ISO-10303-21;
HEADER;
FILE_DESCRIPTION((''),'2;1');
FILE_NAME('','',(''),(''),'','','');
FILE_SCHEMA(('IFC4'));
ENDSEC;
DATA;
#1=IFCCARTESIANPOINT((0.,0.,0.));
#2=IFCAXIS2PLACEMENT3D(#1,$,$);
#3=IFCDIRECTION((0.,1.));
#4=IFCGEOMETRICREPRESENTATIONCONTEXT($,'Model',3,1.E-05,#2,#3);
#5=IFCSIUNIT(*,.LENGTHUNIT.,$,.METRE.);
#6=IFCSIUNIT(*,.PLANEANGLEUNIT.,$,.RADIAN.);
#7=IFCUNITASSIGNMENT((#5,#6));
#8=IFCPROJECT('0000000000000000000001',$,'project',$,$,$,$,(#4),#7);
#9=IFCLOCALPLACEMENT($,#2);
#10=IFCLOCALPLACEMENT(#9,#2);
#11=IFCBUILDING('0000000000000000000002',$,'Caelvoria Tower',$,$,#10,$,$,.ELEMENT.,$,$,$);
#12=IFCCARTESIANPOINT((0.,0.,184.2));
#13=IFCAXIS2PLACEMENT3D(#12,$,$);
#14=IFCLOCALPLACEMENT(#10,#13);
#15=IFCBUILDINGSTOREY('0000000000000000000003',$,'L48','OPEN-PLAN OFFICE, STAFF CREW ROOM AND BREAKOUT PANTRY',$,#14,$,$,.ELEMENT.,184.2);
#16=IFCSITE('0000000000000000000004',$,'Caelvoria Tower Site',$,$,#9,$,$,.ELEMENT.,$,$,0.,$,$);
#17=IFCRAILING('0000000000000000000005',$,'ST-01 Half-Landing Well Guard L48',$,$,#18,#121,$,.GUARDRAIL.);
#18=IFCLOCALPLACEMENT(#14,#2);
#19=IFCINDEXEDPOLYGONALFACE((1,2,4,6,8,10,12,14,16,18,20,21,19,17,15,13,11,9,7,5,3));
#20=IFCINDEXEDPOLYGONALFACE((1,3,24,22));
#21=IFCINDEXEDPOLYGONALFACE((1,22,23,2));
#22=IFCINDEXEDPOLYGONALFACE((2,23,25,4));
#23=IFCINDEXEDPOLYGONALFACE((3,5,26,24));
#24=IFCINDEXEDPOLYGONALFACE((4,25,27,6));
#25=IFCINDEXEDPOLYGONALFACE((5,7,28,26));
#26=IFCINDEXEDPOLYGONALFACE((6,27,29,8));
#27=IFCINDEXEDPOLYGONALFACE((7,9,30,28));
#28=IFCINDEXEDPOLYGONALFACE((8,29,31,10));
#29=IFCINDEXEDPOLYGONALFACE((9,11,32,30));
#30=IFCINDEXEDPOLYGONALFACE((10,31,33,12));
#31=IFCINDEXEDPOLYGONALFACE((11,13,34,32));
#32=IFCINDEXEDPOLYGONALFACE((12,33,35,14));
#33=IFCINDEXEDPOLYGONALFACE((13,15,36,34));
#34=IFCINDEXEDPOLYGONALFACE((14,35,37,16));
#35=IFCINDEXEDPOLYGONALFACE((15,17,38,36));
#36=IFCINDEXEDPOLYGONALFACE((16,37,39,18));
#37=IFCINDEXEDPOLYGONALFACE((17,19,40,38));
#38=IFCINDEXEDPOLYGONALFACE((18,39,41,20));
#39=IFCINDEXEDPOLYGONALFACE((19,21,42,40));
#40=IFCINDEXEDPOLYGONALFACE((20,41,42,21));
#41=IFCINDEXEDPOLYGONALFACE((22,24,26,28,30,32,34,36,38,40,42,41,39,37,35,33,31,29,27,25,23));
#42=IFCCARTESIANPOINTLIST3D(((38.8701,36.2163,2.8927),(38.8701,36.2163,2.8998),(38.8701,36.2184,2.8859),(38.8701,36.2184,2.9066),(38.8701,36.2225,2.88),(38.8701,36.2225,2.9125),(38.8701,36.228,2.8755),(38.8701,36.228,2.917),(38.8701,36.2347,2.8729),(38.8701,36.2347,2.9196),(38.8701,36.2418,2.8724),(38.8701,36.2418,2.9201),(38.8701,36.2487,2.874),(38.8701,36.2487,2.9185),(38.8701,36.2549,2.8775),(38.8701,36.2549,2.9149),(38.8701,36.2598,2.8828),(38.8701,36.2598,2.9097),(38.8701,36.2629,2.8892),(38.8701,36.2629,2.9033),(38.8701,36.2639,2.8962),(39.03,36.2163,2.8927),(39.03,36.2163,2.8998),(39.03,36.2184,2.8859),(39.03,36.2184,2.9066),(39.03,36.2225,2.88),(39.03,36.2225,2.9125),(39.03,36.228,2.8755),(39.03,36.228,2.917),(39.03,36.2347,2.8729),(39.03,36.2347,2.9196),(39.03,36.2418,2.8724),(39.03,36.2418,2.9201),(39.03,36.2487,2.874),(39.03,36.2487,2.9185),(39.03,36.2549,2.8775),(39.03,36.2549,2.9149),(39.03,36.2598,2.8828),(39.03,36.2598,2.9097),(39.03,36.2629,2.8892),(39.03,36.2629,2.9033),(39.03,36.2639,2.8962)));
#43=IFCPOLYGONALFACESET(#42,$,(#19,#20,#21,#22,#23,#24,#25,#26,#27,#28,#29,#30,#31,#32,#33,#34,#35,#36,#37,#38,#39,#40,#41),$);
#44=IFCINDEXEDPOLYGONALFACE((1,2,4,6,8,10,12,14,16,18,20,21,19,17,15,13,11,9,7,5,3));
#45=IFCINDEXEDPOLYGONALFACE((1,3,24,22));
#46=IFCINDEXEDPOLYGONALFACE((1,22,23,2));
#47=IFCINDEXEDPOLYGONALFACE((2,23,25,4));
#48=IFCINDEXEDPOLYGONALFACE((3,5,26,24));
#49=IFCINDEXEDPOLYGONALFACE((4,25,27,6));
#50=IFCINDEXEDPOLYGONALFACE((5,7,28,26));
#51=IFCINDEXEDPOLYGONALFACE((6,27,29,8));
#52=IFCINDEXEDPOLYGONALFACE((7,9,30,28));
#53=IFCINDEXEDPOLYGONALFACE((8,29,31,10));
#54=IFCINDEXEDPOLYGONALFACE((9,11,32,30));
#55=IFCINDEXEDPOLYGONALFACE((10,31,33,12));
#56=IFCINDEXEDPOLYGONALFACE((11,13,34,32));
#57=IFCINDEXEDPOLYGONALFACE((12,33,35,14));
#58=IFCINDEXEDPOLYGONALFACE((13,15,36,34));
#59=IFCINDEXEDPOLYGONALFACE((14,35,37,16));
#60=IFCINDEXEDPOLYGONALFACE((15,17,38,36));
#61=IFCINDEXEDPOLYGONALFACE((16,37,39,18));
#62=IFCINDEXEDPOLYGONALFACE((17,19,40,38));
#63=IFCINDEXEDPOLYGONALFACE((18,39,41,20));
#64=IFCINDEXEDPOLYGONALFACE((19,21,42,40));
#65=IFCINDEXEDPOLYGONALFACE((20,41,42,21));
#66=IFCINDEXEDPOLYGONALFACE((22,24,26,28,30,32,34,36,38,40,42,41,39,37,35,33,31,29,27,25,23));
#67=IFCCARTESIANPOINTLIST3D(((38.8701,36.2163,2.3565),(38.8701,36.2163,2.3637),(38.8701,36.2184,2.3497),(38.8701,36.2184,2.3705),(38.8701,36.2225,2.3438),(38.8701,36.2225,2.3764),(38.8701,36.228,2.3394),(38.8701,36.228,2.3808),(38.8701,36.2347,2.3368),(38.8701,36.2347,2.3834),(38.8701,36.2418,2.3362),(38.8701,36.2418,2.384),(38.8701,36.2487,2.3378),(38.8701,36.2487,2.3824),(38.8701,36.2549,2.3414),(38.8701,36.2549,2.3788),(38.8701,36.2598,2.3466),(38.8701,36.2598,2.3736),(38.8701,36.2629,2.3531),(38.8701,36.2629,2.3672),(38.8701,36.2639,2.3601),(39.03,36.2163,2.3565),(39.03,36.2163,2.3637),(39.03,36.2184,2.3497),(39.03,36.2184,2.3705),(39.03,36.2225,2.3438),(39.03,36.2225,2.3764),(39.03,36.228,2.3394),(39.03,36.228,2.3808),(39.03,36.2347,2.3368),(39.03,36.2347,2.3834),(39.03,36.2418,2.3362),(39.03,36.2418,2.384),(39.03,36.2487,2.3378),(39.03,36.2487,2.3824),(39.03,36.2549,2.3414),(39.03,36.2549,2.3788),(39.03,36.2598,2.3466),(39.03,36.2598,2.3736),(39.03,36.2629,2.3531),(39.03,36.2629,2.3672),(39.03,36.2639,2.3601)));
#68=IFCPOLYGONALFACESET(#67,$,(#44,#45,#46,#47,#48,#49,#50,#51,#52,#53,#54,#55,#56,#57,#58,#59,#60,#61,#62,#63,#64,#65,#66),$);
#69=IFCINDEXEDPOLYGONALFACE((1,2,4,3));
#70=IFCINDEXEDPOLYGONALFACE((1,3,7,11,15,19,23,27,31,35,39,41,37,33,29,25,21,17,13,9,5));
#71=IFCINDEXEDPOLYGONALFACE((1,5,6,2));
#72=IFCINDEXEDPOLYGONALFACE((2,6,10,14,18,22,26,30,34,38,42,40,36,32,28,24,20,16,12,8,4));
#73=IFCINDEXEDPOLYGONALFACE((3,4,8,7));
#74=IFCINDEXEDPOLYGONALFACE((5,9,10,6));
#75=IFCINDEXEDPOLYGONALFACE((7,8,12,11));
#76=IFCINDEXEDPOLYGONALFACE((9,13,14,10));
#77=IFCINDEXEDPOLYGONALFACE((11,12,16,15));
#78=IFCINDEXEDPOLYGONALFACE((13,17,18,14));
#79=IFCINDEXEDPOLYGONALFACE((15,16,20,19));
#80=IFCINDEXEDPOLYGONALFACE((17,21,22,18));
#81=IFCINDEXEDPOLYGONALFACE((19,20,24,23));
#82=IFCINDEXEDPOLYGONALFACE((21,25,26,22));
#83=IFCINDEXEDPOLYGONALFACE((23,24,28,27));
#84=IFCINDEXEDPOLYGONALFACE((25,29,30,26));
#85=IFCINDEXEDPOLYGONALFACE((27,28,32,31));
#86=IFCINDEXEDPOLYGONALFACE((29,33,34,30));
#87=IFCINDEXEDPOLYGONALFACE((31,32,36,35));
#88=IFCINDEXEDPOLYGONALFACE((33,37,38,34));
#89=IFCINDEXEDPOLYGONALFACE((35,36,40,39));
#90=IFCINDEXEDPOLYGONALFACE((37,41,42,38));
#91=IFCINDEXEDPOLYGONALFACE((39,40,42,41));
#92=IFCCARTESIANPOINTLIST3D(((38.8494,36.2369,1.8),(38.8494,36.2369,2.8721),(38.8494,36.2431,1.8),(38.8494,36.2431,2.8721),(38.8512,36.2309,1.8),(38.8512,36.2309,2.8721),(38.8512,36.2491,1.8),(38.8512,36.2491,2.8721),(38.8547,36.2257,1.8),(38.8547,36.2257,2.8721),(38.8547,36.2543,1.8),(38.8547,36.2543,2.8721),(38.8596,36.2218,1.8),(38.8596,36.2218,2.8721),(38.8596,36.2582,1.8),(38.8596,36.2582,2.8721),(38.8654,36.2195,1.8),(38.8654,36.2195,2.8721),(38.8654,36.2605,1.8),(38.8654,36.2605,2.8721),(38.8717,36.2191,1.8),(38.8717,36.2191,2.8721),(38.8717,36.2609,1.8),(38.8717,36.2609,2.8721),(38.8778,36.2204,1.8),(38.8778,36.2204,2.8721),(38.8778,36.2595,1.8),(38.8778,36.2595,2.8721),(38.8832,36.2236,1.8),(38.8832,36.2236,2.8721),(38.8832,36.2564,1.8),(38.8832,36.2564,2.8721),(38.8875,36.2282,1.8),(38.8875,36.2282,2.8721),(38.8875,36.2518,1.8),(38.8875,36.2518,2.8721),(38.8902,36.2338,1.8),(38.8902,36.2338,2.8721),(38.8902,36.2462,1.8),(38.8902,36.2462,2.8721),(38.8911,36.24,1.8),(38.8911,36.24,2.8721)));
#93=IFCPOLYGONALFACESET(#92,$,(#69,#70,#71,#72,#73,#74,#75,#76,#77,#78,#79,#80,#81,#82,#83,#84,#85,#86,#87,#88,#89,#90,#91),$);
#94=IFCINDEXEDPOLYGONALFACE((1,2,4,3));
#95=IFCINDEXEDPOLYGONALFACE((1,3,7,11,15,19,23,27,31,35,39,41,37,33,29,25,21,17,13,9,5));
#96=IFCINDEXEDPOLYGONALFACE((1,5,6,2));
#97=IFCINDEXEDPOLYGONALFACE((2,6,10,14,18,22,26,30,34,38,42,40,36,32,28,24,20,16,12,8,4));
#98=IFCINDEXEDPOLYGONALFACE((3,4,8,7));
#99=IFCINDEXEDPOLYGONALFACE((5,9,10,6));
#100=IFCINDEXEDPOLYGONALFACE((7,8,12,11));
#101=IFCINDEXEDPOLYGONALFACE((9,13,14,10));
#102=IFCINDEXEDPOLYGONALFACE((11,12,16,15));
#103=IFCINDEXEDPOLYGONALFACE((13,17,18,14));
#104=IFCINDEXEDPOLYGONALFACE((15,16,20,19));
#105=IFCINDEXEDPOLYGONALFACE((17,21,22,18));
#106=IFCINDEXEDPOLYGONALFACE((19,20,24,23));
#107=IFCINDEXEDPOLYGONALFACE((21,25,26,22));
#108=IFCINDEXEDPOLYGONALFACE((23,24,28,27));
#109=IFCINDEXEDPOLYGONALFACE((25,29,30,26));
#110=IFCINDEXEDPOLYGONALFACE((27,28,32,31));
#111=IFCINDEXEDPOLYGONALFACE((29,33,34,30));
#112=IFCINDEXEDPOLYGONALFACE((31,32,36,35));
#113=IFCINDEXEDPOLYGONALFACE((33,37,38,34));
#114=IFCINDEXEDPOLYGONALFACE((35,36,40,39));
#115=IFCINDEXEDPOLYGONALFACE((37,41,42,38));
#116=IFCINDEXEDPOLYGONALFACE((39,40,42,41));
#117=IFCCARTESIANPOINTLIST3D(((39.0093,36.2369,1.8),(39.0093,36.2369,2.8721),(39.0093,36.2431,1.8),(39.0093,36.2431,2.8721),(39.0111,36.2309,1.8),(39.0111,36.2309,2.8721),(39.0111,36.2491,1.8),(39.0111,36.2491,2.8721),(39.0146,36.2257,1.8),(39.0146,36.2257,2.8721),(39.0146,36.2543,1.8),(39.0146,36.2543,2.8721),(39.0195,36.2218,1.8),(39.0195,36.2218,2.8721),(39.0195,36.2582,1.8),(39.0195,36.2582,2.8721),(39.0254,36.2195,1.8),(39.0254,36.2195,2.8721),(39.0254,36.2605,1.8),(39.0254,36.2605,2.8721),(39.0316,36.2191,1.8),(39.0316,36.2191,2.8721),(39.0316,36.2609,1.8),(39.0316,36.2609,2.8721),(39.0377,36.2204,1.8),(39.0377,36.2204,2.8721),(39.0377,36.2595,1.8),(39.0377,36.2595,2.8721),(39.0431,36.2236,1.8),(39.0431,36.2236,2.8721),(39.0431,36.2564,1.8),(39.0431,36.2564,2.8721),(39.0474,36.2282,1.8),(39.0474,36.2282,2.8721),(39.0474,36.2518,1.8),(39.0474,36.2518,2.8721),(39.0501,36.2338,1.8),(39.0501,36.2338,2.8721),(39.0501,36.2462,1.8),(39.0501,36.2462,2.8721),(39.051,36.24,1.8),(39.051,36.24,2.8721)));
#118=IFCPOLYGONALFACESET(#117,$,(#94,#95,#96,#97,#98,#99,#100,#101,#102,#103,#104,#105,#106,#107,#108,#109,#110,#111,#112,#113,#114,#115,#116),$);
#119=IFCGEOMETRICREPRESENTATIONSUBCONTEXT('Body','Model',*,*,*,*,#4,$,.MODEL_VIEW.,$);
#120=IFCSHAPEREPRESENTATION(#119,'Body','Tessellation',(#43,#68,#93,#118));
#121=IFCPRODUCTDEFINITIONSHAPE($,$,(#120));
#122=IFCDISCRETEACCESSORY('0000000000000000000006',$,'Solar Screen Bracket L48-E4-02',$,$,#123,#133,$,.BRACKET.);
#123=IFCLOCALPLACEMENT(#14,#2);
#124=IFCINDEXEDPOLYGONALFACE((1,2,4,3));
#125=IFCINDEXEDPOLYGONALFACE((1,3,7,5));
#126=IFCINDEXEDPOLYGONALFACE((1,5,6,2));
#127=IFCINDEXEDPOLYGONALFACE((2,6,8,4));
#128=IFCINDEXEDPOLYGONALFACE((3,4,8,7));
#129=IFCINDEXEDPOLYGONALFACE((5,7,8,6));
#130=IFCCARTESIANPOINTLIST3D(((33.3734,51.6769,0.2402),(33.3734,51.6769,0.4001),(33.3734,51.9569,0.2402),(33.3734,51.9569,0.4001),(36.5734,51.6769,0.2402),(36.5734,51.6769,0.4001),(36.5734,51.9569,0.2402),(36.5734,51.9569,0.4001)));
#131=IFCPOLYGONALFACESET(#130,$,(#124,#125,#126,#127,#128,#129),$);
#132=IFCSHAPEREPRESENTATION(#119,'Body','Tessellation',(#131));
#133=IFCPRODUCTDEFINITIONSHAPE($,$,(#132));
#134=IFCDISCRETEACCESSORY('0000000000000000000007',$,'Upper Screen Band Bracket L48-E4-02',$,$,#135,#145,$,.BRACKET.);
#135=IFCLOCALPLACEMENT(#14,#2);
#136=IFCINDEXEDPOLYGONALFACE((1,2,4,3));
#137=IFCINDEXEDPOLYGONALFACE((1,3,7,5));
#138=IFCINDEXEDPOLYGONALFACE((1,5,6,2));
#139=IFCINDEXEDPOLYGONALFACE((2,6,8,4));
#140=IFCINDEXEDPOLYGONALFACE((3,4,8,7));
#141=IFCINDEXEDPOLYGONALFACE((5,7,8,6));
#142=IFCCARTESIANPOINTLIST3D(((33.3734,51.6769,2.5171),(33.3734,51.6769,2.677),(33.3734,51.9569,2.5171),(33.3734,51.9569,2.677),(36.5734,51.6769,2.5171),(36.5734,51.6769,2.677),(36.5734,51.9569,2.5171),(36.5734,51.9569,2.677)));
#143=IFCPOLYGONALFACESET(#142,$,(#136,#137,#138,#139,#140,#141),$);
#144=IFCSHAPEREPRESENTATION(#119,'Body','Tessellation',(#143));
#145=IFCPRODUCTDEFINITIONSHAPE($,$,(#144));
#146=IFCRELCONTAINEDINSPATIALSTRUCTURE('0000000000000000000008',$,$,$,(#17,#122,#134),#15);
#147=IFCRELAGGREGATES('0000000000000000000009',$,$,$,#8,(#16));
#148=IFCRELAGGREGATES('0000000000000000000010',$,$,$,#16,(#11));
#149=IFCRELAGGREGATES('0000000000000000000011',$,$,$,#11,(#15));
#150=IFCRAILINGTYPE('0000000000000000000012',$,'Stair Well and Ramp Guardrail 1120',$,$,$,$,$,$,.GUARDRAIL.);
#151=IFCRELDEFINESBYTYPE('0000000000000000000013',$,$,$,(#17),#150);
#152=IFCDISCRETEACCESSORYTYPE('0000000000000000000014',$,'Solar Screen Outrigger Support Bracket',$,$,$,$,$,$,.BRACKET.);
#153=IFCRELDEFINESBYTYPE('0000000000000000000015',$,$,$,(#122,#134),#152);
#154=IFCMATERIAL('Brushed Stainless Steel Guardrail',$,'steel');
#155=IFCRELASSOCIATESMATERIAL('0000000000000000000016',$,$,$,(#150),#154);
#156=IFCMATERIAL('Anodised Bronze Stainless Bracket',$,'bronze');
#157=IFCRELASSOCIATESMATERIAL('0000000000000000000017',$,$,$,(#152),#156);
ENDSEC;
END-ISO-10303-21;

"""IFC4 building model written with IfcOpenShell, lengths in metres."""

from ifc_helpers import new_model, si_unit, direction, frame, origin, origin_2d, place, context, subcontext, project, spatial, rectangle, circle, extrude, material, type_object, element, save


model = new_model("IFC4")

# Units and contexts
model_context = context("Model", 3, precision=1e-05, world=origin(), true_north=direction((0.0, 1.0)))
body_context = subcontext(model_context, "Body", "Model", "MODEL_VIEW")
ifc_project = project(units=[si_unit("LENGTHUNIT", "METRE"), si_unit("PLANEANGLEUNIT", "RADIAN")], contexts=[model_context])

# Site, building, storey
site_placement = place(None, origin())
site = spatial("IfcSite", under=ifc_project, at=site_placement, Name="Caelvoria Tower Site", CompositionType="ELEMENT", RefElevation=0.0)
building_placement = place(site_placement, origin())
building = spatial("IfcBuilding", under=site, at=building_placement, Name="Caelvoria Tower", CompositionType="ELEMENT")
storey_placement = place(building_placement, frame((0.0, 0.0, 184.2)))
storey = spatial("IfcBuildingStorey", under=building, at=storey_placement, Name="L48", Description="OPEN-PLAN OFFICE, STAFF CREW ROOM AND BREAKOUT PANTRY", CompositionType="ELEMENT", Elevation=184.2)

# Railing
ifc_material_1 = material(Name="Brushed Stainless Steel Guardrail", Category="steel")
railing_type_1 = type_object("IfcRailingType", Name="Stair Well and Ramp Guardrail 1120", PredefinedType="GUARDRAIL", material=ifc_material_1)
railing_1_placement = place(storey_placement, frame((38.8701, 36.24, 1.8)))
element("IfcRailing", 1, at=railing_1_placement, inside=storey, type_object=railing_type_1, Name="ST-01 Half-Landing Well Guard L48", PredefinedType="GUARDRAIL", context=body_context, shape_type="SweptSolid", body=[
    extrude(circle(Radius=0.0239, at=origin_2d()), frame((0.0, 0.0, 1.0962), z_axis=(1.0, 0.0, 0.0), x_axis=(0.0, 1.0, 0.0)), (0.0, 0.0, 1.0), 0.1599),
    extrude(circle(Radius=0.0239, at=origin_2d()), frame((0.0, 0.0, 0.5601), z_axis=(1.0, 0.0, 0.0), x_axis=(0.0, 1.0, 0.0)), (0.0, 0.0, 1.0), 0.1599),
    extrude(circle(Radius=0.021, at=origin_2d()), origin(), (0.0, 0.0, 1.0), 1.072),
    extrude(circle(Radius=0.021, at=origin_2d()), frame((0.1599, 0.0, 0.0)), (0.0, 0.0, 1.0), 1.072),
])

# Discrete accessories
ifc_material_2 = material(Name="Anodised Bronze Stainless Bracket", Category="bronze")
discrete_accessory_type = type_object("IfcDiscreteAccessoryType", Name="Solar Screen Outrigger Support Bracket", PredefinedType="BRACKET", material=ifc_material_2)
for number, where, z_axis, x_axis, name in (
    (2, (34.9734, 51.8169, 0.2402), (0.0, 0.0, 1.0), (-1.0, 0.0, 0.0), "Solar Screen Bracket L48-E4-02"),
    (3, (34.9734, 51.8169, 2.5171), (0.0, 0.0, 1.0), (-1.0, 0.0, 0.0), "Upper Screen Band Bracket L48-E4-02"),
):
    element("IfcDiscreteAccessory", number, at=place(storey_placement, frame(where, z_axis=z_axis, x_axis=x_axis)), inside=storey, type_object=discrete_accessory_type, Name=name, PredefinedType="BRACKET", context=body_context, shape_type="SweptSolid", body=[
        extrude(rectangle(XDim=3.2, YDim=0.28, at=origin_2d()), origin(), (0.0, 0.0, 1.0), 0.1599),
    ])

save(model, "model.ifc")
